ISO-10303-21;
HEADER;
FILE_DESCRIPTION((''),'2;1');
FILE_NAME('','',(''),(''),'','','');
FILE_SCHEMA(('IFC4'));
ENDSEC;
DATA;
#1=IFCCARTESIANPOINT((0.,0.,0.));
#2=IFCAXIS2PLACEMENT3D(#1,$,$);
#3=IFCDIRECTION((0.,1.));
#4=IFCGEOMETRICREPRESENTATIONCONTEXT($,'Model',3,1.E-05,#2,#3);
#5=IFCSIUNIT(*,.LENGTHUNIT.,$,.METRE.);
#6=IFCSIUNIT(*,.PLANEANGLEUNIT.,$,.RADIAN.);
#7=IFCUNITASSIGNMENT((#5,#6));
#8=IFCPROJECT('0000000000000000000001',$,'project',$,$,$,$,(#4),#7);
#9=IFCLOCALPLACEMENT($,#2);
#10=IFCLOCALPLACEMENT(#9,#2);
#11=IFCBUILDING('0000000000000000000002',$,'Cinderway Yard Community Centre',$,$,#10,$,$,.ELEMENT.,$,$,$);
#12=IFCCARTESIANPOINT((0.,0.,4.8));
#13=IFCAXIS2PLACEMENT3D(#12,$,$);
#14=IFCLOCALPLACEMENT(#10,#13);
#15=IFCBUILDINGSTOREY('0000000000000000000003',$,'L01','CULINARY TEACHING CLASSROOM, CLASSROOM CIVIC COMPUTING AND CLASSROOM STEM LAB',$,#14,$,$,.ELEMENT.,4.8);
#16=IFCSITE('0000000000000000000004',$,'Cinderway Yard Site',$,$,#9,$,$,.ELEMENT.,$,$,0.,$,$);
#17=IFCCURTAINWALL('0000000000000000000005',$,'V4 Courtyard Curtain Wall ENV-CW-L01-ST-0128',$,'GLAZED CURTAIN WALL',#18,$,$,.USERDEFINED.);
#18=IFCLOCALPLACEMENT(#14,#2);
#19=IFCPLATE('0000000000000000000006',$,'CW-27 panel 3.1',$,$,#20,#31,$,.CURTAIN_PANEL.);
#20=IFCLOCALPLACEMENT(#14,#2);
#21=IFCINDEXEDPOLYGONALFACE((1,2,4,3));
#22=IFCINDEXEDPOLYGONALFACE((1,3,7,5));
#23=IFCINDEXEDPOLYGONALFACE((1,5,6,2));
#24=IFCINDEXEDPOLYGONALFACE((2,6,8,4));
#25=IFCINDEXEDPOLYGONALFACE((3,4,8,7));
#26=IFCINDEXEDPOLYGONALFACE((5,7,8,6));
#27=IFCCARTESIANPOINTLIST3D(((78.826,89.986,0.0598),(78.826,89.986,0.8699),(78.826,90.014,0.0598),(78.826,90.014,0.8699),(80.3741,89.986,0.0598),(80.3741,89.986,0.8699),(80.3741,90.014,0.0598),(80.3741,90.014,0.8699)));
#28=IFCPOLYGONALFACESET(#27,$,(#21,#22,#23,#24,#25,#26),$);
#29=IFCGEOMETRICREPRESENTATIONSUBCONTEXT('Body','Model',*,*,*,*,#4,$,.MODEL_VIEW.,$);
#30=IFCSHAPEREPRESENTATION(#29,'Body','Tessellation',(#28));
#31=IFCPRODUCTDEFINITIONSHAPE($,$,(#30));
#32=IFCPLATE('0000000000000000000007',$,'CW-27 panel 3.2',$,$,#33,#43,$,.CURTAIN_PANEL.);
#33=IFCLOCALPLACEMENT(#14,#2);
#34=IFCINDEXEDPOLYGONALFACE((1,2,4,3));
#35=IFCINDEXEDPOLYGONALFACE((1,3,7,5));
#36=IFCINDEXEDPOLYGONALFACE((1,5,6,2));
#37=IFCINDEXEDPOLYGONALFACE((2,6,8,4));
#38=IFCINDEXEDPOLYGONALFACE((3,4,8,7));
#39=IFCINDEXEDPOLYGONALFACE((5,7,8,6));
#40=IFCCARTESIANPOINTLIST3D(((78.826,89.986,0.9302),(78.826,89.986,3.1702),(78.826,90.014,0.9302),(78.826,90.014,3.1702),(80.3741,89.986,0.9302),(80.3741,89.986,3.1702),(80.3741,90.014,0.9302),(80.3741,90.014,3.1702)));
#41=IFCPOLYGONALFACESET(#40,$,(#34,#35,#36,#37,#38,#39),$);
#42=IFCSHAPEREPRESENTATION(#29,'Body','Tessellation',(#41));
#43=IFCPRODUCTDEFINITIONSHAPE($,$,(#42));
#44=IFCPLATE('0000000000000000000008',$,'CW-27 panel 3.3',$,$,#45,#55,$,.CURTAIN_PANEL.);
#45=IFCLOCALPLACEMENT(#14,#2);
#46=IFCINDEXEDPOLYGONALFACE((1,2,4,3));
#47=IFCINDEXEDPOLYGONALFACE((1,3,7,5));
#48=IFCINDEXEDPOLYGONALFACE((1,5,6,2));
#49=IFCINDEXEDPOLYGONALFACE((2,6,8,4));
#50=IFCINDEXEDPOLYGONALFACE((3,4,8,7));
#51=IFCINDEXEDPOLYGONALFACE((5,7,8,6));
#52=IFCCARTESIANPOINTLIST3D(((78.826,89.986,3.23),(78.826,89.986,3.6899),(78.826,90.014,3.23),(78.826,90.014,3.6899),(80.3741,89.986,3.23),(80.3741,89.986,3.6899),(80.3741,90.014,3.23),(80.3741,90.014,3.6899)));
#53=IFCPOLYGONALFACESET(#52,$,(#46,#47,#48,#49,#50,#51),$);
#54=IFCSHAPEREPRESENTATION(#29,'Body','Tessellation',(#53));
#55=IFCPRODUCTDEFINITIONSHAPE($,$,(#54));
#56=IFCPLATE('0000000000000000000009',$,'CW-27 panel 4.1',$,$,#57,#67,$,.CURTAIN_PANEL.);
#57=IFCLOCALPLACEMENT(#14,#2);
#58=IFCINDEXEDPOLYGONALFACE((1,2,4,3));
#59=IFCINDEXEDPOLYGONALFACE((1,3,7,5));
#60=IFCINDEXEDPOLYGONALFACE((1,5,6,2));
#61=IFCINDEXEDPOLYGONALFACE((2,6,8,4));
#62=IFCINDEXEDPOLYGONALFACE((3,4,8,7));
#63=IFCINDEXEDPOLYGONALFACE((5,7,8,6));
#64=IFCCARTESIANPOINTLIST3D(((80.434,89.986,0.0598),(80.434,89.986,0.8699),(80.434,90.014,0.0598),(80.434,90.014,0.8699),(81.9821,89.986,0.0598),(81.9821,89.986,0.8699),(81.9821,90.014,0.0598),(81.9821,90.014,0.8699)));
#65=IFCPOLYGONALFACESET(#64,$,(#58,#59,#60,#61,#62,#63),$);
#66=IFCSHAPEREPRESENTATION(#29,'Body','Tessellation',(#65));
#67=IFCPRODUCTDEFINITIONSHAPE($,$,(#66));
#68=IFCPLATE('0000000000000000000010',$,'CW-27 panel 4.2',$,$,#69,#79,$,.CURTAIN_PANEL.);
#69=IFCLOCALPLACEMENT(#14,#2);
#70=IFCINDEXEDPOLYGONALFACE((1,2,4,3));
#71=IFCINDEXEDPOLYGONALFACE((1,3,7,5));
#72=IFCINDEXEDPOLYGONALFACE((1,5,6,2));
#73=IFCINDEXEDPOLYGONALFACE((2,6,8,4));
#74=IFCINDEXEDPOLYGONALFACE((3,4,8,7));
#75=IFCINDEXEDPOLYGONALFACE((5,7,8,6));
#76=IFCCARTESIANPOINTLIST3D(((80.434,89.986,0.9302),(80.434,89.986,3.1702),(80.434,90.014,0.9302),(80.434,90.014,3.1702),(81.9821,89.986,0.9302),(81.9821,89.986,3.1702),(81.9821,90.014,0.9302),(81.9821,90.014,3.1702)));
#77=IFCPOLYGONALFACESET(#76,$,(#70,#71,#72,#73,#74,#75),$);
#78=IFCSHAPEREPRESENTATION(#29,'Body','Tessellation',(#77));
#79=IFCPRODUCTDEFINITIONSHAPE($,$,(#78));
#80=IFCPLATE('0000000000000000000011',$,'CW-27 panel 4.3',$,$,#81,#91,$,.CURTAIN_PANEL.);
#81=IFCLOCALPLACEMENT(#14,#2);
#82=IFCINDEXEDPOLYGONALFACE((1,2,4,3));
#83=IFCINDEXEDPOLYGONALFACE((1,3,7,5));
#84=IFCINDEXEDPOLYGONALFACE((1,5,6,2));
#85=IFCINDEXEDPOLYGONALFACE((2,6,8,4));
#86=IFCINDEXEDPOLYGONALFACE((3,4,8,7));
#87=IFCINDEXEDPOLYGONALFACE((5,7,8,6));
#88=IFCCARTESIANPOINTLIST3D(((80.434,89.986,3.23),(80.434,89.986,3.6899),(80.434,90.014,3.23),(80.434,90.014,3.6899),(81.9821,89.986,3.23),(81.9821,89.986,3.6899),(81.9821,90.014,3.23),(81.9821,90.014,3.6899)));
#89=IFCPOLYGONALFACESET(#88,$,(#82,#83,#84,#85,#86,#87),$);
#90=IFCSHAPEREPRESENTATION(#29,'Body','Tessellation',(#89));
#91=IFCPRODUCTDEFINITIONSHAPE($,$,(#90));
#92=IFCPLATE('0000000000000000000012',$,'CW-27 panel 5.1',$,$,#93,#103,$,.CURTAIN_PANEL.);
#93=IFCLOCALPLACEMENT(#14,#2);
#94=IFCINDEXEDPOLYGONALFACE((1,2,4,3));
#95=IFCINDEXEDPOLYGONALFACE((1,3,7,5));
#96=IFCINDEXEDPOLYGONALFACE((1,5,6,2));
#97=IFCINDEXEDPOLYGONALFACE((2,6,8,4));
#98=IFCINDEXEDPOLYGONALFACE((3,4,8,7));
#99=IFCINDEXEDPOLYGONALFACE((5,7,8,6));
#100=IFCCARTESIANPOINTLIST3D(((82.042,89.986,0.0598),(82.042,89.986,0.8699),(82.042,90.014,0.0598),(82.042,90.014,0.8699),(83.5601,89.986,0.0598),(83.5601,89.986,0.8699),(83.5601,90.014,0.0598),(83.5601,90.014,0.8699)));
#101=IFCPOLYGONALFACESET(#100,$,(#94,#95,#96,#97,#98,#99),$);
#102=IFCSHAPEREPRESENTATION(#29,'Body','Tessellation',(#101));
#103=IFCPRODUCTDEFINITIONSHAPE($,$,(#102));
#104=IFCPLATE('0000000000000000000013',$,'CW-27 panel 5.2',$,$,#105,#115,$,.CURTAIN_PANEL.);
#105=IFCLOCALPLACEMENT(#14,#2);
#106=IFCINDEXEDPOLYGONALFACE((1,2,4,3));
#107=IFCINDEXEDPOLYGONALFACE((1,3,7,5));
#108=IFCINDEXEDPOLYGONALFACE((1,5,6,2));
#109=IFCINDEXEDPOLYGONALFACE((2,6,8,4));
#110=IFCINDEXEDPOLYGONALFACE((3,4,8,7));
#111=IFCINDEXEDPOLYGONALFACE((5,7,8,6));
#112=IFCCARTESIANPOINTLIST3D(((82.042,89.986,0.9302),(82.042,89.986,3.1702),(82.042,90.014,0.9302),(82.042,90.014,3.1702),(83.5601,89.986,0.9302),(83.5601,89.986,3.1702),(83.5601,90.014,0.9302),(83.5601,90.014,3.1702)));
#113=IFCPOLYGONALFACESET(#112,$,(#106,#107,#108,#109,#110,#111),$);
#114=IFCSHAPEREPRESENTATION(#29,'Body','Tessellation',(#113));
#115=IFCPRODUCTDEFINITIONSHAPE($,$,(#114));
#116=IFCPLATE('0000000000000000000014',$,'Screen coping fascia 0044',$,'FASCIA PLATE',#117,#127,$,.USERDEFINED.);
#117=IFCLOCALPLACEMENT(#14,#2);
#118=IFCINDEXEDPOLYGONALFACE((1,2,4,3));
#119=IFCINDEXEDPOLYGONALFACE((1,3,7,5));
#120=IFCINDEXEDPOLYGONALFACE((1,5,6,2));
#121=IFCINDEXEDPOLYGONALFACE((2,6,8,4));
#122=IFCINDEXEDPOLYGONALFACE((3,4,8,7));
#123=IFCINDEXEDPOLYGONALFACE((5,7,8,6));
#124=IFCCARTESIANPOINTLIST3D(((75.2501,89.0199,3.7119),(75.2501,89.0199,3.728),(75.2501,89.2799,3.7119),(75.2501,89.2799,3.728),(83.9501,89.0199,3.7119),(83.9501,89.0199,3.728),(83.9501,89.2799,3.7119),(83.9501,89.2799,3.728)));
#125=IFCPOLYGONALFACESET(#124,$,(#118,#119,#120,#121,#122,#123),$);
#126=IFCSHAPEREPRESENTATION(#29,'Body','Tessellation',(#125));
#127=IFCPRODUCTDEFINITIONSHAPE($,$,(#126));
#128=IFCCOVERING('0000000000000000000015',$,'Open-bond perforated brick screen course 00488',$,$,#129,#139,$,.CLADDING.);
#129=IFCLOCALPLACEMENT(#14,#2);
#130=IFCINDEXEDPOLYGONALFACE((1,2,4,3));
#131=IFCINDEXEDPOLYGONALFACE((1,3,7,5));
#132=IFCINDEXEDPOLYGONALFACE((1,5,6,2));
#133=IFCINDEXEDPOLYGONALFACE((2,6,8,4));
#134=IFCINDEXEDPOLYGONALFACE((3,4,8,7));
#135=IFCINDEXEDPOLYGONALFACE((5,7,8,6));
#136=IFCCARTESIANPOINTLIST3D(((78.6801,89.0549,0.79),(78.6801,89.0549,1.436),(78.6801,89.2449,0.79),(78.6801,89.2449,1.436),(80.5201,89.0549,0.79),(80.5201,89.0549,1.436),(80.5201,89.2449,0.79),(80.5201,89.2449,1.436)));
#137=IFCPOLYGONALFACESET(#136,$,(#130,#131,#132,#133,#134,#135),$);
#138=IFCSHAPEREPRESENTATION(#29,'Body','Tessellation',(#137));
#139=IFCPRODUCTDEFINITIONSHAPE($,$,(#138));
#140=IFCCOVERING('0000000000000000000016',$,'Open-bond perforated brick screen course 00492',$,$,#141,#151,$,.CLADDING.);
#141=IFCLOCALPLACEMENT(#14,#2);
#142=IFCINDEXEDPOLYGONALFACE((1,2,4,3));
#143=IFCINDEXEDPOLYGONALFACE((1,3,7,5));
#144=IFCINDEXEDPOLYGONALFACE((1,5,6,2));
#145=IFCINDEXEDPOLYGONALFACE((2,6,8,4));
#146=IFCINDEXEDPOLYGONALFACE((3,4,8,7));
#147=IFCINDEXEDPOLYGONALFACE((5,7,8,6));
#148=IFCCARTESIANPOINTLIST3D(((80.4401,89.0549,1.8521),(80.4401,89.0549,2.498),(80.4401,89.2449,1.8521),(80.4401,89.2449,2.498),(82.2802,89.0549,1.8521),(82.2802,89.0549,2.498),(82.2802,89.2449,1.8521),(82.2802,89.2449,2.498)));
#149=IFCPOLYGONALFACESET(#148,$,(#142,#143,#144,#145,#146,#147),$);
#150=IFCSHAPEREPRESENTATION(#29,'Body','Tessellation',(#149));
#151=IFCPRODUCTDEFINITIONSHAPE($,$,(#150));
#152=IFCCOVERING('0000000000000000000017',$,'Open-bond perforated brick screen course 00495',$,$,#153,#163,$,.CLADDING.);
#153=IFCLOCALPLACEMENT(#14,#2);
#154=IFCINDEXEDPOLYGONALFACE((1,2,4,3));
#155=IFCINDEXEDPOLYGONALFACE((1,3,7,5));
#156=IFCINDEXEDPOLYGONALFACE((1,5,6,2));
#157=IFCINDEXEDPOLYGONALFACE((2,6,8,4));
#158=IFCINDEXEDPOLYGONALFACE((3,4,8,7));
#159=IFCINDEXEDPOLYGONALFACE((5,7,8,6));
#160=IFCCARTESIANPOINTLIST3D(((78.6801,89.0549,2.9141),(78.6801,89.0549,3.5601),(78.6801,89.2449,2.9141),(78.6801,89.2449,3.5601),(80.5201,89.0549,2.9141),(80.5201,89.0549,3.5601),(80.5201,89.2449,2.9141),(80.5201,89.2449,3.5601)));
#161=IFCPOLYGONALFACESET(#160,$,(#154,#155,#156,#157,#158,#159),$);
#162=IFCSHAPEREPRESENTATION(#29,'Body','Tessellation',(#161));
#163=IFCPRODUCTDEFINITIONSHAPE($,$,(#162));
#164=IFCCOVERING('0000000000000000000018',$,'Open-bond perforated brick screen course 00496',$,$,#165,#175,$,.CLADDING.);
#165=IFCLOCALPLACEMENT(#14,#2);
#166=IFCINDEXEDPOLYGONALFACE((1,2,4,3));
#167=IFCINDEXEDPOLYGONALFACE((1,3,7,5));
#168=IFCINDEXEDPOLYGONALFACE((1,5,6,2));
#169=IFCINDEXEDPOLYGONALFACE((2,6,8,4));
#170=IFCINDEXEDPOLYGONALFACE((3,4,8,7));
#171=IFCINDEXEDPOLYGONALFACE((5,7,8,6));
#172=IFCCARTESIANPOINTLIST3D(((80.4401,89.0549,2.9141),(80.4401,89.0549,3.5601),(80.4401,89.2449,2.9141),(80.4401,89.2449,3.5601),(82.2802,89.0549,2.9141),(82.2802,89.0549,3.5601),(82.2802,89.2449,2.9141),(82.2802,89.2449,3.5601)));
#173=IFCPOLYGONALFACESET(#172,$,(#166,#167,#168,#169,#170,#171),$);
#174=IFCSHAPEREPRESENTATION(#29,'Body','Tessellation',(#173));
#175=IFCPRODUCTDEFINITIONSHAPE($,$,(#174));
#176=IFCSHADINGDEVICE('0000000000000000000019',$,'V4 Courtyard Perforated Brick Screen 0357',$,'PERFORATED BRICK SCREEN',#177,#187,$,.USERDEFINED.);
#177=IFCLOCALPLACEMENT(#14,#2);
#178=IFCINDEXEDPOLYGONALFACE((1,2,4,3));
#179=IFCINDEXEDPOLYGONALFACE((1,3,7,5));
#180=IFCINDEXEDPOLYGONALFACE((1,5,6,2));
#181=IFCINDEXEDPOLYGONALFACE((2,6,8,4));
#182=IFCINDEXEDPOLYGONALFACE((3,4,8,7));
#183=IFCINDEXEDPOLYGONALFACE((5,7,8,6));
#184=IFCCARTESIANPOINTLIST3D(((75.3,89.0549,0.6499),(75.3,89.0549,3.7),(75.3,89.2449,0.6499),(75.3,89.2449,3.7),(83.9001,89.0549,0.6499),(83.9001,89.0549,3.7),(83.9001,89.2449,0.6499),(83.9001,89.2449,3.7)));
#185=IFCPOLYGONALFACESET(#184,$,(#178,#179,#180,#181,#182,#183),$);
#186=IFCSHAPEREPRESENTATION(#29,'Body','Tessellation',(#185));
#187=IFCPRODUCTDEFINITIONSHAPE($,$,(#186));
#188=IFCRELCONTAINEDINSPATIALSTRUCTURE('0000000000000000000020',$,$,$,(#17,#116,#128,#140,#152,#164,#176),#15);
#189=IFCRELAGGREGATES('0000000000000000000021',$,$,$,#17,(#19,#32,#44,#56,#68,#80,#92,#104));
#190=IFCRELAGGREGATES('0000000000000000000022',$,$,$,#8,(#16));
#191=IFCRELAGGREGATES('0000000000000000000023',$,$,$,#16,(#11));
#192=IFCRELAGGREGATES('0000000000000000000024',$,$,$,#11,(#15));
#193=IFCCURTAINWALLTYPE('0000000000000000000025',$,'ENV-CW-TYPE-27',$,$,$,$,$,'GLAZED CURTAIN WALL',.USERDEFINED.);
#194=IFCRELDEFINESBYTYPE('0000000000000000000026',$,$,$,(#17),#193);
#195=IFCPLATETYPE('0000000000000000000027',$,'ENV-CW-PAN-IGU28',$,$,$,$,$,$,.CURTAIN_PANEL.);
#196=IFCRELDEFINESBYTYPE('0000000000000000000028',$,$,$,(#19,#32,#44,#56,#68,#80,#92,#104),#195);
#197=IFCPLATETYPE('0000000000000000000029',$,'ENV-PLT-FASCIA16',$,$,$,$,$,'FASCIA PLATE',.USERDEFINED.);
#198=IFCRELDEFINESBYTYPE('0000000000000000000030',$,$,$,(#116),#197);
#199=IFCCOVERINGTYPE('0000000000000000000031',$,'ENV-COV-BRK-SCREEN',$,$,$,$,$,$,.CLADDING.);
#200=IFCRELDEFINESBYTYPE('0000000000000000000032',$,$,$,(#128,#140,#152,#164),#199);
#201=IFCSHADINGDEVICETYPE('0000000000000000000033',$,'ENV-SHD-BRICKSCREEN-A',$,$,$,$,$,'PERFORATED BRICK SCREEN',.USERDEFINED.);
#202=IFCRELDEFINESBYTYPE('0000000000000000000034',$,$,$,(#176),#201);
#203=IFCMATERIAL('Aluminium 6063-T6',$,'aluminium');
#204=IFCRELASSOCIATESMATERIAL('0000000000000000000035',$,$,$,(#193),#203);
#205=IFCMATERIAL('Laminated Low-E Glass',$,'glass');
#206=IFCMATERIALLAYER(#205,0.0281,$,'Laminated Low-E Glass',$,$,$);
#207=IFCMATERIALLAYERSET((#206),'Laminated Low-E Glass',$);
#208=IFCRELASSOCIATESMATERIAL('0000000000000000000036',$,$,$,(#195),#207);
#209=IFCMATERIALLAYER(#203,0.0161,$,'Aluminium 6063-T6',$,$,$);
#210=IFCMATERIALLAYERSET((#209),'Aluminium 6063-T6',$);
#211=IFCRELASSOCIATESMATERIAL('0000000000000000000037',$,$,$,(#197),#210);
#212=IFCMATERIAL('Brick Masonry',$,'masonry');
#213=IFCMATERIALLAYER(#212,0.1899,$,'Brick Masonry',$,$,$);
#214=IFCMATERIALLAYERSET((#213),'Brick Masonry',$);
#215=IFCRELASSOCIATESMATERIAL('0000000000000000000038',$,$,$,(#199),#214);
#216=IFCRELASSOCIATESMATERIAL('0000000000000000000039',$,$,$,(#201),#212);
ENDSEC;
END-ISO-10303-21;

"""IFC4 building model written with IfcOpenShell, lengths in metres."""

from ifc_helpers import new_model, si_unit, direction, frame, origin, origin_2d, place, context, subcontext, project, spatial, rectangle, extrude, material, layer, layer_set, type_object, element, aggregate, save


model = new_model("IFC4")

# Units and contexts
model_context = context("Model", 3, precision=1e-05, world=origin(), true_north=direction((0.0, 1.0)))
body_context = subcontext(model_context, "Body", "Model", "MODEL_VIEW")
ifc_project = project(units=[si_unit("LENGTHUNIT", "METRE"), si_unit("PLANEANGLEUNIT", "RADIAN")], contexts=[model_context])

# Site, building, storey
site_placement = place(None, origin())
site = spatial("IfcSite", under=ifc_project, at=site_placement, Name="Cinderway Yard Site", CompositionType="ELEMENT", RefElevation=0.0)
building_placement = place(site_placement, origin())
building = spatial("IfcBuilding", under=site, at=building_placement, Name="Cinderway Yard Community Centre", CompositionType="ELEMENT")
storey_placement = place(building_placement, frame((0.0, 0.0, 4.8)))
storey = spatial("IfcBuildingStorey", under=building, at=storey_placement, Name="L01", Description="CULINARY TEACHING CLASSROOM, CLASSROOM CIVIC COMPUTING AND CLASSROOM STEM LAB", CompositionType="ELEMENT", Elevation=4.8)

# Curtain wall
ifc_material_1 = material(Name="Aluminium 6063-T6", Category="aluminium")
curtain_wall_type = type_object("IfcCurtainWallType", Name="ENV-CW-TYPE-27", ElementType="GLAZED CURTAIN WALL", PredefinedType="USERDEFINED", material=ifc_material_1)
curtain_wall_placement = place(storey_placement, origin())
curtain_wall = element("IfcCurtainWall", 1, at=curtain_wall_placement, inside=storey, type_object=curtain_wall_type, Name="V4 Courtyard Curtain Wall ENV-CW-L01-ST-0128", ObjectType="GLAZED CURTAIN WALL", PredefinedType="USERDEFINED")

# Plates
ifc_material_2 = material(Name="Laminated Low-E Glass", Category="glass")
ifc_layer_1 = layer(ifc_material_2, 0.0281, Name="Laminated Low-E Glass")
ifc_layer_set_1 = layer_set([ifc_layer_1], Name="Laminated Low-E Glass")
plate_type_1 = type_object("IfcPlateType", Name="ENV-CW-PAN-IGU28", PredefinedType="CURTAIN_PANEL", material=ifc_layer_set_1)
plate_1_placement = place(storey_placement, frame((79.6001, 90.0, 0.0598), z_axis=(0.0, 0.0, 1.0), x_axis=(1.0, 0.0, 0.0)))
plate_1 = element("IfcPlate", 2, at=plate_1_placement, type_object=plate_type_1, Name="CW-27 panel 3.1", PredefinedType="CURTAIN_PANEL", context=body_context, shape_type="SweptSolid", body=[
    extrude(rectangle(XDim=1.5481, YDim=0.0281, at=origin_2d()), origin(), (0.0, 0.0, 1.0), 0.8101),
])
plate_2_placement = place(storey_placement, frame((79.6001, 90.0, 0.9302), z_axis=(0.0, 0.0, 1.0), x_axis=(1.0, 0.0, 0.0)))
plate_2 = element("IfcPlate", 3, at=plate_2_placement, type_object=plate_type_1, Name="CW-27 panel 3.2", PredefinedType="CURTAIN_PANEL", context=body_context, shape_type="SweptSolid", body=[
    extrude(rectangle(XDim=1.5481, YDim=0.0281, at=origin_2d()), origin(), (0.0, 0.0, 1.0), 2.24),
])
plate_3_placement = place(storey_placement, frame((79.6001, 90.0, 3.23), z_axis=(0.0, 0.0, 1.0), x_axis=(1.0, 0.0, 0.0)))
plate_3 = element("IfcPlate", 4, at=plate_3_placement, type_object=plate_type_1, Name="CW-27 panel 3.3", PredefinedType="CURTAIN_PANEL", context=body_context, shape_type="SweptSolid", body=[
    extrude(rectangle(XDim=1.5481, YDim=0.0281, at=origin_2d()), origin(), (0.0, 0.0, 1.0), 0.46),
])
plate_4_placement = place(storey_placement, frame((81.208, 90.0, 0.0598), z_axis=(0.0, 0.0, 1.0), x_axis=(1.0, 0.0, 0.0)))
plate_4 = element("IfcPlate", 5, at=plate_4_placement, type_object=plate_type_1, Name="CW-27 panel 4.1", PredefinedType="CURTAIN_PANEL", context=body_context, shape_type="SweptSolid", body=[
    extrude(rectangle(XDim=1.5481, YDim=0.0281, at=origin_2d()), origin(), (0.0, 0.0, 1.0), 0.8101),
])
plate_5_placement = place(storey_placement, frame((81.208, 90.0, 0.9302), z_axis=(0.0, 0.0, 1.0), x_axis=(1.0, 0.0, 0.0)))
plate_5 = element("IfcPlate", 6, at=plate_5_placement, type_object=plate_type_1, Name="CW-27 panel 4.2", PredefinedType="CURTAIN_PANEL", context=body_context, shape_type="SweptSolid", body=[
    extrude(rectangle(XDim=1.5481, YDim=0.0281, at=origin_2d()), origin(), (0.0, 0.0, 1.0), 2.24),
])
plate_6_placement = place(storey_placement, frame((81.208, 90.0, 3.23), z_axis=(0.0, 0.0, 1.0), x_axis=(1.0, 0.0, 0.0)))
plate_6 = element("IfcPlate", 7, at=plate_6_placement, type_object=plate_type_1, Name="CW-27 panel 4.3", PredefinedType="CURTAIN_PANEL", context=body_context, shape_type="SweptSolid", body=[
    extrude(rectangle(XDim=1.5481, YDim=0.0281, at=origin_2d()), origin(), (0.0, 0.0, 1.0), 0.46),
])
plate_7_placement = place(storey_placement, frame((82.801, 90.0, 0.0598), z_axis=(0.0, 0.0, 1.0), x_axis=(1.0, 0.0, 0.0)))
plate_7 = element("IfcPlate", 8, at=plate_7_placement, type_object=plate_type_1, Name="CW-27 panel 5.1", PredefinedType="CURTAIN_PANEL", context=body_context, shape_type="SweptSolid", body=[
    extrude(rectangle(XDim=1.5181, YDim=0.0281, at=origin_2d()), origin(), (0.0, 0.0, 1.0), 0.8101),
])
plate_8_placement = place(storey_placement, frame((82.801, 90.0, 0.9302), z_axis=(0.0, 0.0, 1.0), x_axis=(1.0, 0.0, 0.0)))
plate_8 = element("IfcPlate", 9, at=plate_8_placement, type_object=plate_type_1, Name="CW-27 panel 5.2", PredefinedType="CURTAIN_PANEL", context=body_context, shape_type="SweptSolid", body=[
    extrude(rectangle(XDim=1.5181, YDim=0.0281, at=origin_2d()), origin(), (0.0, 0.0, 1.0), 2.24),
])
aggregate(curtain_wall, [plate_1, plate_2, plate_3, plate_4, plate_5, plate_6, plate_7, plate_8])
ifc_layer_2 = layer(ifc_material_1, 0.0161, Name="Aluminium 6063-T6")
ifc_layer_set_2 = layer_set([ifc_layer_2], Name="Aluminium 6063-T6")
plate_type_2 = type_object("IfcPlateType", Name="ENV-PLT-FASCIA16", ElementType="FASCIA PLATE", PredefinedType="USERDEFINED", material=ifc_layer_set_2)
plate_9_placement = place(storey_placement, frame((79.6001, 89.1499, 3.7119), z_axis=(0.0, 0.0, 1.0), x_axis=(-1.0, 0.0, 0.0)))
element("IfcPlate", 10, at=plate_9_placement, inside=storey, type_object=plate_type_2, Name="Screen coping fascia 0044", ObjectType="FASCIA PLATE", PredefinedType="USERDEFINED", context=body_context, shape_type="SweptSolid", body=[
    extrude(rectangle(XDim=8.7, YDim=0.26, at=origin_2d()), origin(), (0.0, 0.0, 1.0), 0.0161),
])

# Coverings
ifc_material_3 = material(Name="Brick Masonry", Category="masonry")
ifc_layer_3 = layer(ifc_material_3, 0.1899, Name="Brick Masonry")
ifc_layer_set_3 = layer_set([ifc_layer_3], Name="Brick Masonry")
covering_type = type_object("IfcCoveringType", Name="ENV-COV-BRK-SCREEN", PredefinedType="CLADDING", material=ifc_layer_set_3)
for number, where, z_axis, x_axis, name in (
    (11, (79.6001, 89.1499, 0.79), (0.0, 0.0, 1.0), (-1.0, 0.0, 0.0), "Open-bond perforated brick screen course 00488"),
    (12, (81.3601, 89.1499, 1.8521), (0.0, 0.0, 1.0), (-1.0, 0.0, 0.0), "Open-bond perforated brick screen course 00492"),
    (13, (79.6001, 89.1499, 2.9141), (0.0, 0.0, 1.0), (-1.0, 0.0, 0.0), "Open-bond perforated brick screen course 00495"),
    (14, (81.3601, 89.1499, 2.9141), (0.0, 0.0, 1.0), (-1.0, 0.0, 0.0), "Open-bond perforated brick screen course 00496"),
):
    element("IfcCovering", number, at=place(storey_placement, frame(where, z_axis=z_axis, x_axis=x_axis)), inside=storey, type_object=covering_type, Name=name, PredefinedType="CLADDING", context=body_context, shape_type="SweptSolid", body=[
        extrude(rectangle(XDim=1.8401, YDim=0.1899, at=origin_2d()), origin(), (0.0, 0.0, 1.0), 0.646),
    ])

# Shading device
shading_device_type = type_object("IfcShadingDeviceType", Name="ENV-SHD-BRICKSCREEN-A", ElementType="PERFORATED BRICK SCREEN", PredefinedType="USERDEFINED", material=ifc_material_3)
shading_device_placement = place(storey_placement, frame((79.6001, 89.1499, 0.6499), z_axis=(0.0, 0.0, 1.0), x_axis=(-1.0, 0.0, 0.0)))
element("IfcShadingDevice", 15, at=shading_device_placement, inside=storey, type_object=shading_device_type, Name="V4 Courtyard Perforated Brick Screen 0357", ObjectType="PERFORATED BRICK SCREEN", PredefinedType="USERDEFINED", context=body_context, shape_type="SweptSolid", body=[
    extrude(rectangle(XDim=8.6001, YDim=0.1899, at=origin_2d()), origin(), (0.0, 0.0, 1.0), 3.05),
])

save(model, "model.ifc")
